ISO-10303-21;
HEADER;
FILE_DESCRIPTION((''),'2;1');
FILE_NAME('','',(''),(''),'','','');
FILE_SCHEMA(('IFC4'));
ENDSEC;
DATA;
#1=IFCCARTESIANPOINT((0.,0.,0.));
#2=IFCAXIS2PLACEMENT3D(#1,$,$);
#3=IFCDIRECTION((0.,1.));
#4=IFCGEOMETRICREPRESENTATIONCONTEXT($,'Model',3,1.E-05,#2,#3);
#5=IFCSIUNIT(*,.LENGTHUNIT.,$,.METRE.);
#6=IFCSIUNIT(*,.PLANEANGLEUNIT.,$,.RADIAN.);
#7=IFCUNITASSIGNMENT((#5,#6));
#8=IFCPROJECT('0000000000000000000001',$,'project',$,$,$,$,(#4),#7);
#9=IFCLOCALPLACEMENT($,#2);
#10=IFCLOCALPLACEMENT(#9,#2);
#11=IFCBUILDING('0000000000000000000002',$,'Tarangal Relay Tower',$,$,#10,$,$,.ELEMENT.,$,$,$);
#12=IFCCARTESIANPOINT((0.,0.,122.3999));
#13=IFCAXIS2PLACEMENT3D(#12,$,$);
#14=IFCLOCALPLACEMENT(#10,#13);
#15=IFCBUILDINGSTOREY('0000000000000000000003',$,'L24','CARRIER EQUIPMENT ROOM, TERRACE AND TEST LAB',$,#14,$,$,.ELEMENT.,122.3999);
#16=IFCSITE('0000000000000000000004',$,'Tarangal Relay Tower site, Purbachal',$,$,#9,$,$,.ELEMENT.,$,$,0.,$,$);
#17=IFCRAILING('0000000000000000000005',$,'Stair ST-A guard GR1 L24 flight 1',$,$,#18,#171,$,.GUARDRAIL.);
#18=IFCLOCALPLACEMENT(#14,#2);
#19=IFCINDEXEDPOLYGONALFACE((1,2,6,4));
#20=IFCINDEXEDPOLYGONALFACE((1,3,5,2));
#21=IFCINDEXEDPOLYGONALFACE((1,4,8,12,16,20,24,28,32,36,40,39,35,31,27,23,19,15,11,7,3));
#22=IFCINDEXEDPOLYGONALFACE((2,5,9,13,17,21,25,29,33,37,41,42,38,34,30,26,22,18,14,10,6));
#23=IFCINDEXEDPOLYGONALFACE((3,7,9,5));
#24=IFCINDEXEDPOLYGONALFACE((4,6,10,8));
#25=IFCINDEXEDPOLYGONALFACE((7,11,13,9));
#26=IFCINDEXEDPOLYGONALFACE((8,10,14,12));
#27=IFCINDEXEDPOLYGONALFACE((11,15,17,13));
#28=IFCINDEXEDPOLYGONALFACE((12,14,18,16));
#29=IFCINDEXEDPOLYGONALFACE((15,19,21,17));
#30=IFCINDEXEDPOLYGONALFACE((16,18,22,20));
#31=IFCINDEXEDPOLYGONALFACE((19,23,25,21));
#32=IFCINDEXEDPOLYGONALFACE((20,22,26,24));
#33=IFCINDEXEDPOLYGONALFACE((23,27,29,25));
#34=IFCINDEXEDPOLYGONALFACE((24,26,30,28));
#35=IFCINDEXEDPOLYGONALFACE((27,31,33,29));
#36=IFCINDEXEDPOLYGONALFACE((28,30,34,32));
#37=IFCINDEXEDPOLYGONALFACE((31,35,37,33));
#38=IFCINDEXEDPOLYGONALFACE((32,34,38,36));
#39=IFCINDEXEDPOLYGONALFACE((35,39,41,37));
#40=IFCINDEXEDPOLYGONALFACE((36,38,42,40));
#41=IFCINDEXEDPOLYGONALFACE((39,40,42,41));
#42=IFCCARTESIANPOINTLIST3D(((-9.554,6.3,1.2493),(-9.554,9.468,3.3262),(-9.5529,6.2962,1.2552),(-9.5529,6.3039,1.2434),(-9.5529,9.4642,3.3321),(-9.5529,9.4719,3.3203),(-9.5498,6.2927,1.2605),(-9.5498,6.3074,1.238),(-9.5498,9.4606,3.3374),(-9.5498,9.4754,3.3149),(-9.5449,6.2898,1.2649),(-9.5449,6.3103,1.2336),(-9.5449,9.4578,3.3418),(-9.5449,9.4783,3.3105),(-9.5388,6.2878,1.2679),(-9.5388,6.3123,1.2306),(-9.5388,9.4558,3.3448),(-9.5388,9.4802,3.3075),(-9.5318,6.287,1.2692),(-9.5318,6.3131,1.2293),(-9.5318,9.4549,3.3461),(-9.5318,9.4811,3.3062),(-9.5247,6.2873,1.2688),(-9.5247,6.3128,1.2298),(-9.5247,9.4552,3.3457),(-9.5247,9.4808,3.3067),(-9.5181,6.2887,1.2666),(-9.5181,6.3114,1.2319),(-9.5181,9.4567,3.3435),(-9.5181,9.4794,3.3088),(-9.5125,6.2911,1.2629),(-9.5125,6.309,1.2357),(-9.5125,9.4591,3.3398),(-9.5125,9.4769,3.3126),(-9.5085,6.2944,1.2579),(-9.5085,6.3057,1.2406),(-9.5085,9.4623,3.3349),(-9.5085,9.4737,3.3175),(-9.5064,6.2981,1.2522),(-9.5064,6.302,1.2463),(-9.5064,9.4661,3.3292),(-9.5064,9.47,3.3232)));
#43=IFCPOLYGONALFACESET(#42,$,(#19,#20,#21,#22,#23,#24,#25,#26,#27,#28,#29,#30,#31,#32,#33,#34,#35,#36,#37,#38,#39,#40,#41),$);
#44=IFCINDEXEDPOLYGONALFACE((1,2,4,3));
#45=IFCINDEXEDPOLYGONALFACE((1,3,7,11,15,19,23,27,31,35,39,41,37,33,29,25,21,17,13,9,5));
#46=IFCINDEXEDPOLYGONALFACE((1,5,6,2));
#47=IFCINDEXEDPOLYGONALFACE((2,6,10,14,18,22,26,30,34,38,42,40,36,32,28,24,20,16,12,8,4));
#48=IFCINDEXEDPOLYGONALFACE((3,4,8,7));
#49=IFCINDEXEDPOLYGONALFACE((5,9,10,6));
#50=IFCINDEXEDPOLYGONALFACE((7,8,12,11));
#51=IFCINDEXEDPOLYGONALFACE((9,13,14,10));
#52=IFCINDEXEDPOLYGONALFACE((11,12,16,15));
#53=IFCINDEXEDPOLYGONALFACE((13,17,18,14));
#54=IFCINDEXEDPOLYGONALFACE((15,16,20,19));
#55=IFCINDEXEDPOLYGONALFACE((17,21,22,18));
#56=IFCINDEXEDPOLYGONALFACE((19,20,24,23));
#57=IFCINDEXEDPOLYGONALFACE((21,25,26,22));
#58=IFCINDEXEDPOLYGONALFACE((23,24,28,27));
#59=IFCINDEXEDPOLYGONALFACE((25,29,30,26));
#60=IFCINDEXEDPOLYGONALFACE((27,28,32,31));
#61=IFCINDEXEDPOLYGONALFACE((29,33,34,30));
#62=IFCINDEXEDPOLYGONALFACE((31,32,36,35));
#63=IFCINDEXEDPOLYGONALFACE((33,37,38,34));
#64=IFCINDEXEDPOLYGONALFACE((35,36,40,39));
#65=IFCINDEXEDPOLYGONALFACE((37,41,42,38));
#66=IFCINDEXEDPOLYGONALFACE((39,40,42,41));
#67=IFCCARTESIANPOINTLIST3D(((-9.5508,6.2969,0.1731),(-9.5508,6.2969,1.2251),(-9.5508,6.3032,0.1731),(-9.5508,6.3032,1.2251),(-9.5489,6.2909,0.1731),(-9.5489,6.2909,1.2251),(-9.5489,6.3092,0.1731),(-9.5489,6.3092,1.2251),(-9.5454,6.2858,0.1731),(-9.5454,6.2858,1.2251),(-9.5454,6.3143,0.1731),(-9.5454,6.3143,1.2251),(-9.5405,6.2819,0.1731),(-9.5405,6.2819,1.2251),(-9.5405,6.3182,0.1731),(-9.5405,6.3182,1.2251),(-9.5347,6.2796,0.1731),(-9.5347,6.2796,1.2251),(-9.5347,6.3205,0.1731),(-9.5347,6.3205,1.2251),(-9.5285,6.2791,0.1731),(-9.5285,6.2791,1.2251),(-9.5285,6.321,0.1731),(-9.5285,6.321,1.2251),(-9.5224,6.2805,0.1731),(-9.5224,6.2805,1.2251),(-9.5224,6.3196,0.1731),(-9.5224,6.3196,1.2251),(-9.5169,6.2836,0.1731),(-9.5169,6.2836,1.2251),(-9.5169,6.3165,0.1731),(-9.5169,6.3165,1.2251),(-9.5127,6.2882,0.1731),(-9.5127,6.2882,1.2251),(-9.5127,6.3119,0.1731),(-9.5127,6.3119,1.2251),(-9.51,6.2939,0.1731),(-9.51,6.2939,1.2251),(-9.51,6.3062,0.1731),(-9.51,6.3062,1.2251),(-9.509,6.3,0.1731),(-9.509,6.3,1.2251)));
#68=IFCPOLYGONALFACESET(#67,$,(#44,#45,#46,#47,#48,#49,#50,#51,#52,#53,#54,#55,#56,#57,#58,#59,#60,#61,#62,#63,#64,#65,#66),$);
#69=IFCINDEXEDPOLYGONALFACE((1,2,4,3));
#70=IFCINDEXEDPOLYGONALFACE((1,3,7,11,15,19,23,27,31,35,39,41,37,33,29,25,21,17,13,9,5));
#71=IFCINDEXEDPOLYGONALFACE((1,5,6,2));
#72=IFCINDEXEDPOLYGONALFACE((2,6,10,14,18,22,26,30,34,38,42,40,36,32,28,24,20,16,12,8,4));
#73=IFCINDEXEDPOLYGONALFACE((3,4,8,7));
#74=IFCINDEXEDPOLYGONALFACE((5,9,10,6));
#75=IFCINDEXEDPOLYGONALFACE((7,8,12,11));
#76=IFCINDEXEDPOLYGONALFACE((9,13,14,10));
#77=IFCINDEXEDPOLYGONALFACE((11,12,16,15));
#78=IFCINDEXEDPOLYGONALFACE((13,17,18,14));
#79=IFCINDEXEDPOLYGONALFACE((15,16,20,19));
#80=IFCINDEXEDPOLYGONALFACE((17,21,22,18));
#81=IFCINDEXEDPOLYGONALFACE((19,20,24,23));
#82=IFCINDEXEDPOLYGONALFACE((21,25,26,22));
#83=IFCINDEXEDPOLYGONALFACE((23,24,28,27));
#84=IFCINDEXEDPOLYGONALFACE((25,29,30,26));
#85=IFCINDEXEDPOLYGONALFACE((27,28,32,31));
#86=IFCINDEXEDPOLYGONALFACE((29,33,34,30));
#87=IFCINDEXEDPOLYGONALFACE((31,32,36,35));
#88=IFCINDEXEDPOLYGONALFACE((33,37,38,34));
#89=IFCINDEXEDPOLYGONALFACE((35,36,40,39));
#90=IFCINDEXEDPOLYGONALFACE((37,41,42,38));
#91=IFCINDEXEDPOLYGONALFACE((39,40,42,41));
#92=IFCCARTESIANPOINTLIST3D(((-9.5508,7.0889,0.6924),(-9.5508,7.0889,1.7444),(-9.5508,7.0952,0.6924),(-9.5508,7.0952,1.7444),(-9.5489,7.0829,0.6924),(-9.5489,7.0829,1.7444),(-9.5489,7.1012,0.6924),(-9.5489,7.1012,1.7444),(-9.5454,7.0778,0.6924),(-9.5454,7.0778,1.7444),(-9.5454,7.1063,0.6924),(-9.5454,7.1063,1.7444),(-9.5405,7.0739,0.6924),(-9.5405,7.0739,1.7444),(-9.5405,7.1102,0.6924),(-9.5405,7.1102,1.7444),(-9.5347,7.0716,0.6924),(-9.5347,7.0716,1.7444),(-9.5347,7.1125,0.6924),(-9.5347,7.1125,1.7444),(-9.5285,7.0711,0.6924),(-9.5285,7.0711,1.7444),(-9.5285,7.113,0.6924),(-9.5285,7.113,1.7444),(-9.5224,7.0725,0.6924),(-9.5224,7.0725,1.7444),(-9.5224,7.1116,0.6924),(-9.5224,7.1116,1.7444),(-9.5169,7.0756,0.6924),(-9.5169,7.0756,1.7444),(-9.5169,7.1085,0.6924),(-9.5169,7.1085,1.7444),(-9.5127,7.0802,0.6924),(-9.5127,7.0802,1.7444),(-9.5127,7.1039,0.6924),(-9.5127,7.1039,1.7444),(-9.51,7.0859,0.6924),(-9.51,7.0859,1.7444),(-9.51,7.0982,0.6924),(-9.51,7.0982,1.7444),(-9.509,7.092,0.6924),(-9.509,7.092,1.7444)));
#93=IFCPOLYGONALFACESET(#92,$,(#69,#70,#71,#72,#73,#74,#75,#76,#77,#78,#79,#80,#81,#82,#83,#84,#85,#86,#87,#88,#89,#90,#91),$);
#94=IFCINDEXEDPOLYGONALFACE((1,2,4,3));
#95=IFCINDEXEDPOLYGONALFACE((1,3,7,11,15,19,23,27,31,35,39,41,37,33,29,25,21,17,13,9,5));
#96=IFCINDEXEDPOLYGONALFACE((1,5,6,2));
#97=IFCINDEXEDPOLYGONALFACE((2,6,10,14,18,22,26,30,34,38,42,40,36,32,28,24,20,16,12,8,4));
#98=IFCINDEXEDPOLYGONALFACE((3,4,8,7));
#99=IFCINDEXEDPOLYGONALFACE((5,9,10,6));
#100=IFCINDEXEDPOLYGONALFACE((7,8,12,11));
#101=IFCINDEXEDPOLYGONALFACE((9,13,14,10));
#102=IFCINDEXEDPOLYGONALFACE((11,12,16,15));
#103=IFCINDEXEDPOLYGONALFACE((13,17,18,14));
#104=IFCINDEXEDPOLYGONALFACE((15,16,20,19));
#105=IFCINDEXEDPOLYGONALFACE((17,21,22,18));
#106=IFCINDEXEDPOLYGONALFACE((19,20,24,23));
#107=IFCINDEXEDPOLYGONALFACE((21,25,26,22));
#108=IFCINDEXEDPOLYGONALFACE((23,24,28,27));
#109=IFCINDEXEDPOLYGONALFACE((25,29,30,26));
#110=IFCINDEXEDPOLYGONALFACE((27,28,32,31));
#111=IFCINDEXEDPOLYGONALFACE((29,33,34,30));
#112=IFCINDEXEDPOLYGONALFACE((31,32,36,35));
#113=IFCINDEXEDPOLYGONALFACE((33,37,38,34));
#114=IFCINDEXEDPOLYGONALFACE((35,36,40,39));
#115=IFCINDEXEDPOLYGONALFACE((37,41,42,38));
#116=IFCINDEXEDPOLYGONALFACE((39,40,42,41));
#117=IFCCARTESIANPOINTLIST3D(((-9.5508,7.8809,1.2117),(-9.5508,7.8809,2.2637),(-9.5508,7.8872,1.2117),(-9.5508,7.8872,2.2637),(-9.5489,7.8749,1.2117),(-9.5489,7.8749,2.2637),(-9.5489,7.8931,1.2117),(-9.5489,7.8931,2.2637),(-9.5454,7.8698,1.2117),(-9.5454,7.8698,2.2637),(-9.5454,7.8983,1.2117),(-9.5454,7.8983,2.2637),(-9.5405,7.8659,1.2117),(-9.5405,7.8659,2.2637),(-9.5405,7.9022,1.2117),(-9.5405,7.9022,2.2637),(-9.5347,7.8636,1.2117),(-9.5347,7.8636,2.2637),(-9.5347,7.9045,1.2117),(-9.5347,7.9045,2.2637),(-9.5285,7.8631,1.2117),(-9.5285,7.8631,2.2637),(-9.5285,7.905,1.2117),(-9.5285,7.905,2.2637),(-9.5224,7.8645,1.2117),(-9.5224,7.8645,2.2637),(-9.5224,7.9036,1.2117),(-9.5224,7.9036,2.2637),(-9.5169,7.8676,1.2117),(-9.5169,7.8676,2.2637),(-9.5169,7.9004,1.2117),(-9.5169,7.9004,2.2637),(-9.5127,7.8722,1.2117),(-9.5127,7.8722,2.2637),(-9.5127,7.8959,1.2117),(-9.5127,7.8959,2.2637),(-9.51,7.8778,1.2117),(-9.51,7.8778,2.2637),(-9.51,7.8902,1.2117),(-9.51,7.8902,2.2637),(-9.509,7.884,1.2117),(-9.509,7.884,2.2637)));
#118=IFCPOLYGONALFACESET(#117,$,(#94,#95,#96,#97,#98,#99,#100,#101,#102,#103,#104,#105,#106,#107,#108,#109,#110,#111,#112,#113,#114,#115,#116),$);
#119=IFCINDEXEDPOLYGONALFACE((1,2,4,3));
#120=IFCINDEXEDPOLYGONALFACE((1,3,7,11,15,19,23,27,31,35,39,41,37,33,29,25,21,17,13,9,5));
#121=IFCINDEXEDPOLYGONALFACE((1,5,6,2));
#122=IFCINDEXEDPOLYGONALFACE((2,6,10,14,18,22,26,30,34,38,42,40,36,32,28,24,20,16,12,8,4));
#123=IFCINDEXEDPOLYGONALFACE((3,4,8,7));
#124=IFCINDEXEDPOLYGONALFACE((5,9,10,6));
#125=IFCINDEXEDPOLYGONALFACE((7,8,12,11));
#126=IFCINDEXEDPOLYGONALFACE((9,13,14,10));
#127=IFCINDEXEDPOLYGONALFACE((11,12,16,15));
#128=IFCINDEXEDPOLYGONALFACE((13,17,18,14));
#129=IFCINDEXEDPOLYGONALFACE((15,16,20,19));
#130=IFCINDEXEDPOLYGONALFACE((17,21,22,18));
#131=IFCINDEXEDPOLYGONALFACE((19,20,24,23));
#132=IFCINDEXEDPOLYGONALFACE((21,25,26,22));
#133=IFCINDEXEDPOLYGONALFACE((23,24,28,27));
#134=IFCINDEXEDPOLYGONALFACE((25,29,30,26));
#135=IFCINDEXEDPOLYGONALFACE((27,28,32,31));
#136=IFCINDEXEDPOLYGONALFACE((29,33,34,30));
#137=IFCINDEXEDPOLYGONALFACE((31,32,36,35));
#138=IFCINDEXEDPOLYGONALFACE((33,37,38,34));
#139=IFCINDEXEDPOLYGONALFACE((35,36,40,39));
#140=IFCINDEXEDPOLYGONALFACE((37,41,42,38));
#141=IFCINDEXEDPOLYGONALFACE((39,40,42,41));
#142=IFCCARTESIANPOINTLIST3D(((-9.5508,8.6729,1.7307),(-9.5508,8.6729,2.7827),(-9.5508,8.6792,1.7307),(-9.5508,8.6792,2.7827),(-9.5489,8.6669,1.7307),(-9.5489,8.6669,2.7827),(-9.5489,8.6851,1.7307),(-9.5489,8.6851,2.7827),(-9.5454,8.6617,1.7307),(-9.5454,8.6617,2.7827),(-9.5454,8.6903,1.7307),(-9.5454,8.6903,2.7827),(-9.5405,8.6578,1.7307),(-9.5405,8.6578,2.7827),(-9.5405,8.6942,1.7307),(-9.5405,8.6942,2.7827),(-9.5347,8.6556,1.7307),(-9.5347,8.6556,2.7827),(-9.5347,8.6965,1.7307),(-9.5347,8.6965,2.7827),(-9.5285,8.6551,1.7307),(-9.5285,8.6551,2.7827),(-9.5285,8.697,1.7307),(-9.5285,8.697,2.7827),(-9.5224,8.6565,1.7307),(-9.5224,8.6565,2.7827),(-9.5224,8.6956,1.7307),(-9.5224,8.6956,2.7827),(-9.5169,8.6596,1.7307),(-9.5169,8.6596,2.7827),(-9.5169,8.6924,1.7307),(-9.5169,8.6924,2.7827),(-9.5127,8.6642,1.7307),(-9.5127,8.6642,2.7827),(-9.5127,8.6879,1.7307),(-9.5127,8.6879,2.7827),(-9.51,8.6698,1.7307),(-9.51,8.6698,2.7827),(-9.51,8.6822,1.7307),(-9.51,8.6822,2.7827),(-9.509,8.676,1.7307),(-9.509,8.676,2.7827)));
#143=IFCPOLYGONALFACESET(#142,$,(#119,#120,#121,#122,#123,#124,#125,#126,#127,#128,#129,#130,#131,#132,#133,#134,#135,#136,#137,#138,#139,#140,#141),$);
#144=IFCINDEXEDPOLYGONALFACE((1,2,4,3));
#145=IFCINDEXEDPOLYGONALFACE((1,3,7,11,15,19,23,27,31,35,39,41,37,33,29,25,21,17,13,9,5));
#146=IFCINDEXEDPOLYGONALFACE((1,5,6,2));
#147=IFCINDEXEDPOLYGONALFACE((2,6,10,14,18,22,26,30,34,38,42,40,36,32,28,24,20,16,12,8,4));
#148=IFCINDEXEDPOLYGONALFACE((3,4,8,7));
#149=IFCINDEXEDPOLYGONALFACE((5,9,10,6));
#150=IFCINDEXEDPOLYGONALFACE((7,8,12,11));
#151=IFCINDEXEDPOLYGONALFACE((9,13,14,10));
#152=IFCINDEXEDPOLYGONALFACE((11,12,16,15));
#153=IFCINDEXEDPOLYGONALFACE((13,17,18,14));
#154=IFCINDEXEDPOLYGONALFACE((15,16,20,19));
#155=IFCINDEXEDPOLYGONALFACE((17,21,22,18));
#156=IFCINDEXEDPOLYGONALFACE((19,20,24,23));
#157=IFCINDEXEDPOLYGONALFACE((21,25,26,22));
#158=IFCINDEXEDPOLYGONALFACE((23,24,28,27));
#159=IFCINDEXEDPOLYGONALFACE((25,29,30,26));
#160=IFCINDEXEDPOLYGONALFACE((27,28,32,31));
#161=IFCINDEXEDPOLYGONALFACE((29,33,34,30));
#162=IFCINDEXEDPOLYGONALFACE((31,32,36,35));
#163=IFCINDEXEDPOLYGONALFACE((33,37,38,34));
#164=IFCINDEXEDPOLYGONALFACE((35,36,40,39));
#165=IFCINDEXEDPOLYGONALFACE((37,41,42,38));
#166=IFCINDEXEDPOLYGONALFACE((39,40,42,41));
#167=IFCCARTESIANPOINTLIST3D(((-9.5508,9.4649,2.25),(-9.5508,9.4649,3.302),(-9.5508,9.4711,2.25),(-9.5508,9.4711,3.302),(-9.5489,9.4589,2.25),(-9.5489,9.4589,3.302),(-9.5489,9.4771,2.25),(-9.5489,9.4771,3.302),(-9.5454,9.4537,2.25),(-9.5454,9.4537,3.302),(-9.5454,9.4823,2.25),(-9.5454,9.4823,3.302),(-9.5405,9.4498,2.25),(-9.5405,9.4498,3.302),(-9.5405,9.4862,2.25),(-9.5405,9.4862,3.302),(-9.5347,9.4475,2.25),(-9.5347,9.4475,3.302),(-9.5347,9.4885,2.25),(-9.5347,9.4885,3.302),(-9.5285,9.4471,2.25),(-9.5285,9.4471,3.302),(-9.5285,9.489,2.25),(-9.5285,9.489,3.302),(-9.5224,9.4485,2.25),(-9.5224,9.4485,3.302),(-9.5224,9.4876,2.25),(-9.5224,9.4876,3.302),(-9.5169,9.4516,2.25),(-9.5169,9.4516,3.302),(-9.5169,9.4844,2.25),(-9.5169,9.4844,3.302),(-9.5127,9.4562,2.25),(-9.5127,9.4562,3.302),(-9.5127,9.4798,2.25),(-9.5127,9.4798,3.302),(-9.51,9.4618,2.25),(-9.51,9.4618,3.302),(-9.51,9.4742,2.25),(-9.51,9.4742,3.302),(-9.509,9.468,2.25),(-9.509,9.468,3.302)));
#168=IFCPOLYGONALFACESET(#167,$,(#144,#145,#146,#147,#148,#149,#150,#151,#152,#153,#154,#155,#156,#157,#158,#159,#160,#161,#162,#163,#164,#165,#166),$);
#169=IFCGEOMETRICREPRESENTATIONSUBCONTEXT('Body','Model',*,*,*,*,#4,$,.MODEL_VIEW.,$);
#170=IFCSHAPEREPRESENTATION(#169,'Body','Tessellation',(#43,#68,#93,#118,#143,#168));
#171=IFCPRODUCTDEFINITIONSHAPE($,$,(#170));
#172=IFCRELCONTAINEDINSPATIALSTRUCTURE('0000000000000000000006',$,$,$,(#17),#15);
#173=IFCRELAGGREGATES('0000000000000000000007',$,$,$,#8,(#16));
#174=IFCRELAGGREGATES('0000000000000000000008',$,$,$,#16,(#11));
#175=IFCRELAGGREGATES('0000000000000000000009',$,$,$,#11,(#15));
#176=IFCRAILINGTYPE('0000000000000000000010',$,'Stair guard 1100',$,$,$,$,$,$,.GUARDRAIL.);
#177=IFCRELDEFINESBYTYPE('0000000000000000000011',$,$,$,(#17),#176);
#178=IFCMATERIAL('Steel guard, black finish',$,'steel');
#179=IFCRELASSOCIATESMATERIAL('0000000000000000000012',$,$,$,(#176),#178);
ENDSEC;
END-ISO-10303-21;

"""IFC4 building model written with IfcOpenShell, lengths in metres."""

from ifc_helpers import new_model, si_unit, direction, frame, origin, origin_2d, place, context, subcontext, project, spatial, circle, extrude, material, type_object, element, save


model = new_model("IFC4")

# Units and contexts
model_context = context("Model", 3, precision=1e-05, world=origin(), true_north=direction((0.0, 1.0)))
body_context = subcontext(model_context, "Body", "Model", "MODEL_VIEW")
ifc_project = project(units=[si_unit("LENGTHUNIT", "METRE"), si_unit("PLANEANGLEUNIT", "RADIAN")], contexts=[model_context])

# Site, building, storey
site_placement = place(None, origin())
site = spatial("IfcSite", under=ifc_project, at=site_placement, Name="Tarangal Relay Tower site, Purbachal", CompositionType="ELEMENT", RefElevation=0.0)
building_placement = place(site_placement, origin())
building = spatial("IfcBuilding", under=site, at=building_placement, Name="Tarangal Relay Tower", CompositionType="ELEMENT")
storey_placement = place(building_placement, frame((0.0, 0.0, 122.3999)))
storey = spatial("IfcBuildingStorey", under=building, at=storey_placement, Name="L24", Description="CARRIER EQUIPMENT ROOM, TERRACE AND TEST LAB", CompositionType="ELEMENT", Elevation=122.3999)

# Railing
ifc_material_1 = material(Name="Steel guard, black finish", Category="steel")
railing_type = type_object("IfcRailingType", Name="Stair guard 1100", PredefinedType="GUARDRAIL", material=ifc_material_1)
railing_1_placement = place(storey_placement, frame((-9.53, 6.3, 0.1731)))
element("IfcRailing", 1, at=railing_1_placement, inside=storey, type_object=railing_type, Name="Stair ST-A guard GR1 L24 flight 1", PredefinedType="GUARDRAIL", context=body_context, shape_type="SweptSolid", body=[
    extrude(circle(Radius=0.0239, at=origin_2d()), frame((0.0, 0.0, 1.0762), z_axis=(0.0, 0.836299, 0.548273), x_axis=(-1.0, 0.0, 0.0)), (0.0, 0.0, 1.0), 3.7881),
    extrude(circle(Radius=0.021, at=origin_2d()), origin(), (0.0, 0.0, 1.0), 1.052),
    extrude(circle(Radius=0.021, at=origin_2d()), frame((0.0, 0.792, 0.5193)), (0.0, 0.0, 1.0), 1.052),
    extrude(circle(Radius=0.021, at=origin_2d()), frame((0.0, 1.584, 1.0386)), (0.0, 0.0, 1.0), 1.052),
    extrude(circle(Radius=0.021, at=origin_2d()), frame((0.0, 2.376, 1.5576)), (0.0, 0.0, 1.0), 1.052),
    extrude(circle(Radius=0.021, at=origin_2d()), frame((0.0, 3.168, 2.0769)), (0.0, 0.0, 1.0), 1.052),
])

save(model, "model.ifc")
